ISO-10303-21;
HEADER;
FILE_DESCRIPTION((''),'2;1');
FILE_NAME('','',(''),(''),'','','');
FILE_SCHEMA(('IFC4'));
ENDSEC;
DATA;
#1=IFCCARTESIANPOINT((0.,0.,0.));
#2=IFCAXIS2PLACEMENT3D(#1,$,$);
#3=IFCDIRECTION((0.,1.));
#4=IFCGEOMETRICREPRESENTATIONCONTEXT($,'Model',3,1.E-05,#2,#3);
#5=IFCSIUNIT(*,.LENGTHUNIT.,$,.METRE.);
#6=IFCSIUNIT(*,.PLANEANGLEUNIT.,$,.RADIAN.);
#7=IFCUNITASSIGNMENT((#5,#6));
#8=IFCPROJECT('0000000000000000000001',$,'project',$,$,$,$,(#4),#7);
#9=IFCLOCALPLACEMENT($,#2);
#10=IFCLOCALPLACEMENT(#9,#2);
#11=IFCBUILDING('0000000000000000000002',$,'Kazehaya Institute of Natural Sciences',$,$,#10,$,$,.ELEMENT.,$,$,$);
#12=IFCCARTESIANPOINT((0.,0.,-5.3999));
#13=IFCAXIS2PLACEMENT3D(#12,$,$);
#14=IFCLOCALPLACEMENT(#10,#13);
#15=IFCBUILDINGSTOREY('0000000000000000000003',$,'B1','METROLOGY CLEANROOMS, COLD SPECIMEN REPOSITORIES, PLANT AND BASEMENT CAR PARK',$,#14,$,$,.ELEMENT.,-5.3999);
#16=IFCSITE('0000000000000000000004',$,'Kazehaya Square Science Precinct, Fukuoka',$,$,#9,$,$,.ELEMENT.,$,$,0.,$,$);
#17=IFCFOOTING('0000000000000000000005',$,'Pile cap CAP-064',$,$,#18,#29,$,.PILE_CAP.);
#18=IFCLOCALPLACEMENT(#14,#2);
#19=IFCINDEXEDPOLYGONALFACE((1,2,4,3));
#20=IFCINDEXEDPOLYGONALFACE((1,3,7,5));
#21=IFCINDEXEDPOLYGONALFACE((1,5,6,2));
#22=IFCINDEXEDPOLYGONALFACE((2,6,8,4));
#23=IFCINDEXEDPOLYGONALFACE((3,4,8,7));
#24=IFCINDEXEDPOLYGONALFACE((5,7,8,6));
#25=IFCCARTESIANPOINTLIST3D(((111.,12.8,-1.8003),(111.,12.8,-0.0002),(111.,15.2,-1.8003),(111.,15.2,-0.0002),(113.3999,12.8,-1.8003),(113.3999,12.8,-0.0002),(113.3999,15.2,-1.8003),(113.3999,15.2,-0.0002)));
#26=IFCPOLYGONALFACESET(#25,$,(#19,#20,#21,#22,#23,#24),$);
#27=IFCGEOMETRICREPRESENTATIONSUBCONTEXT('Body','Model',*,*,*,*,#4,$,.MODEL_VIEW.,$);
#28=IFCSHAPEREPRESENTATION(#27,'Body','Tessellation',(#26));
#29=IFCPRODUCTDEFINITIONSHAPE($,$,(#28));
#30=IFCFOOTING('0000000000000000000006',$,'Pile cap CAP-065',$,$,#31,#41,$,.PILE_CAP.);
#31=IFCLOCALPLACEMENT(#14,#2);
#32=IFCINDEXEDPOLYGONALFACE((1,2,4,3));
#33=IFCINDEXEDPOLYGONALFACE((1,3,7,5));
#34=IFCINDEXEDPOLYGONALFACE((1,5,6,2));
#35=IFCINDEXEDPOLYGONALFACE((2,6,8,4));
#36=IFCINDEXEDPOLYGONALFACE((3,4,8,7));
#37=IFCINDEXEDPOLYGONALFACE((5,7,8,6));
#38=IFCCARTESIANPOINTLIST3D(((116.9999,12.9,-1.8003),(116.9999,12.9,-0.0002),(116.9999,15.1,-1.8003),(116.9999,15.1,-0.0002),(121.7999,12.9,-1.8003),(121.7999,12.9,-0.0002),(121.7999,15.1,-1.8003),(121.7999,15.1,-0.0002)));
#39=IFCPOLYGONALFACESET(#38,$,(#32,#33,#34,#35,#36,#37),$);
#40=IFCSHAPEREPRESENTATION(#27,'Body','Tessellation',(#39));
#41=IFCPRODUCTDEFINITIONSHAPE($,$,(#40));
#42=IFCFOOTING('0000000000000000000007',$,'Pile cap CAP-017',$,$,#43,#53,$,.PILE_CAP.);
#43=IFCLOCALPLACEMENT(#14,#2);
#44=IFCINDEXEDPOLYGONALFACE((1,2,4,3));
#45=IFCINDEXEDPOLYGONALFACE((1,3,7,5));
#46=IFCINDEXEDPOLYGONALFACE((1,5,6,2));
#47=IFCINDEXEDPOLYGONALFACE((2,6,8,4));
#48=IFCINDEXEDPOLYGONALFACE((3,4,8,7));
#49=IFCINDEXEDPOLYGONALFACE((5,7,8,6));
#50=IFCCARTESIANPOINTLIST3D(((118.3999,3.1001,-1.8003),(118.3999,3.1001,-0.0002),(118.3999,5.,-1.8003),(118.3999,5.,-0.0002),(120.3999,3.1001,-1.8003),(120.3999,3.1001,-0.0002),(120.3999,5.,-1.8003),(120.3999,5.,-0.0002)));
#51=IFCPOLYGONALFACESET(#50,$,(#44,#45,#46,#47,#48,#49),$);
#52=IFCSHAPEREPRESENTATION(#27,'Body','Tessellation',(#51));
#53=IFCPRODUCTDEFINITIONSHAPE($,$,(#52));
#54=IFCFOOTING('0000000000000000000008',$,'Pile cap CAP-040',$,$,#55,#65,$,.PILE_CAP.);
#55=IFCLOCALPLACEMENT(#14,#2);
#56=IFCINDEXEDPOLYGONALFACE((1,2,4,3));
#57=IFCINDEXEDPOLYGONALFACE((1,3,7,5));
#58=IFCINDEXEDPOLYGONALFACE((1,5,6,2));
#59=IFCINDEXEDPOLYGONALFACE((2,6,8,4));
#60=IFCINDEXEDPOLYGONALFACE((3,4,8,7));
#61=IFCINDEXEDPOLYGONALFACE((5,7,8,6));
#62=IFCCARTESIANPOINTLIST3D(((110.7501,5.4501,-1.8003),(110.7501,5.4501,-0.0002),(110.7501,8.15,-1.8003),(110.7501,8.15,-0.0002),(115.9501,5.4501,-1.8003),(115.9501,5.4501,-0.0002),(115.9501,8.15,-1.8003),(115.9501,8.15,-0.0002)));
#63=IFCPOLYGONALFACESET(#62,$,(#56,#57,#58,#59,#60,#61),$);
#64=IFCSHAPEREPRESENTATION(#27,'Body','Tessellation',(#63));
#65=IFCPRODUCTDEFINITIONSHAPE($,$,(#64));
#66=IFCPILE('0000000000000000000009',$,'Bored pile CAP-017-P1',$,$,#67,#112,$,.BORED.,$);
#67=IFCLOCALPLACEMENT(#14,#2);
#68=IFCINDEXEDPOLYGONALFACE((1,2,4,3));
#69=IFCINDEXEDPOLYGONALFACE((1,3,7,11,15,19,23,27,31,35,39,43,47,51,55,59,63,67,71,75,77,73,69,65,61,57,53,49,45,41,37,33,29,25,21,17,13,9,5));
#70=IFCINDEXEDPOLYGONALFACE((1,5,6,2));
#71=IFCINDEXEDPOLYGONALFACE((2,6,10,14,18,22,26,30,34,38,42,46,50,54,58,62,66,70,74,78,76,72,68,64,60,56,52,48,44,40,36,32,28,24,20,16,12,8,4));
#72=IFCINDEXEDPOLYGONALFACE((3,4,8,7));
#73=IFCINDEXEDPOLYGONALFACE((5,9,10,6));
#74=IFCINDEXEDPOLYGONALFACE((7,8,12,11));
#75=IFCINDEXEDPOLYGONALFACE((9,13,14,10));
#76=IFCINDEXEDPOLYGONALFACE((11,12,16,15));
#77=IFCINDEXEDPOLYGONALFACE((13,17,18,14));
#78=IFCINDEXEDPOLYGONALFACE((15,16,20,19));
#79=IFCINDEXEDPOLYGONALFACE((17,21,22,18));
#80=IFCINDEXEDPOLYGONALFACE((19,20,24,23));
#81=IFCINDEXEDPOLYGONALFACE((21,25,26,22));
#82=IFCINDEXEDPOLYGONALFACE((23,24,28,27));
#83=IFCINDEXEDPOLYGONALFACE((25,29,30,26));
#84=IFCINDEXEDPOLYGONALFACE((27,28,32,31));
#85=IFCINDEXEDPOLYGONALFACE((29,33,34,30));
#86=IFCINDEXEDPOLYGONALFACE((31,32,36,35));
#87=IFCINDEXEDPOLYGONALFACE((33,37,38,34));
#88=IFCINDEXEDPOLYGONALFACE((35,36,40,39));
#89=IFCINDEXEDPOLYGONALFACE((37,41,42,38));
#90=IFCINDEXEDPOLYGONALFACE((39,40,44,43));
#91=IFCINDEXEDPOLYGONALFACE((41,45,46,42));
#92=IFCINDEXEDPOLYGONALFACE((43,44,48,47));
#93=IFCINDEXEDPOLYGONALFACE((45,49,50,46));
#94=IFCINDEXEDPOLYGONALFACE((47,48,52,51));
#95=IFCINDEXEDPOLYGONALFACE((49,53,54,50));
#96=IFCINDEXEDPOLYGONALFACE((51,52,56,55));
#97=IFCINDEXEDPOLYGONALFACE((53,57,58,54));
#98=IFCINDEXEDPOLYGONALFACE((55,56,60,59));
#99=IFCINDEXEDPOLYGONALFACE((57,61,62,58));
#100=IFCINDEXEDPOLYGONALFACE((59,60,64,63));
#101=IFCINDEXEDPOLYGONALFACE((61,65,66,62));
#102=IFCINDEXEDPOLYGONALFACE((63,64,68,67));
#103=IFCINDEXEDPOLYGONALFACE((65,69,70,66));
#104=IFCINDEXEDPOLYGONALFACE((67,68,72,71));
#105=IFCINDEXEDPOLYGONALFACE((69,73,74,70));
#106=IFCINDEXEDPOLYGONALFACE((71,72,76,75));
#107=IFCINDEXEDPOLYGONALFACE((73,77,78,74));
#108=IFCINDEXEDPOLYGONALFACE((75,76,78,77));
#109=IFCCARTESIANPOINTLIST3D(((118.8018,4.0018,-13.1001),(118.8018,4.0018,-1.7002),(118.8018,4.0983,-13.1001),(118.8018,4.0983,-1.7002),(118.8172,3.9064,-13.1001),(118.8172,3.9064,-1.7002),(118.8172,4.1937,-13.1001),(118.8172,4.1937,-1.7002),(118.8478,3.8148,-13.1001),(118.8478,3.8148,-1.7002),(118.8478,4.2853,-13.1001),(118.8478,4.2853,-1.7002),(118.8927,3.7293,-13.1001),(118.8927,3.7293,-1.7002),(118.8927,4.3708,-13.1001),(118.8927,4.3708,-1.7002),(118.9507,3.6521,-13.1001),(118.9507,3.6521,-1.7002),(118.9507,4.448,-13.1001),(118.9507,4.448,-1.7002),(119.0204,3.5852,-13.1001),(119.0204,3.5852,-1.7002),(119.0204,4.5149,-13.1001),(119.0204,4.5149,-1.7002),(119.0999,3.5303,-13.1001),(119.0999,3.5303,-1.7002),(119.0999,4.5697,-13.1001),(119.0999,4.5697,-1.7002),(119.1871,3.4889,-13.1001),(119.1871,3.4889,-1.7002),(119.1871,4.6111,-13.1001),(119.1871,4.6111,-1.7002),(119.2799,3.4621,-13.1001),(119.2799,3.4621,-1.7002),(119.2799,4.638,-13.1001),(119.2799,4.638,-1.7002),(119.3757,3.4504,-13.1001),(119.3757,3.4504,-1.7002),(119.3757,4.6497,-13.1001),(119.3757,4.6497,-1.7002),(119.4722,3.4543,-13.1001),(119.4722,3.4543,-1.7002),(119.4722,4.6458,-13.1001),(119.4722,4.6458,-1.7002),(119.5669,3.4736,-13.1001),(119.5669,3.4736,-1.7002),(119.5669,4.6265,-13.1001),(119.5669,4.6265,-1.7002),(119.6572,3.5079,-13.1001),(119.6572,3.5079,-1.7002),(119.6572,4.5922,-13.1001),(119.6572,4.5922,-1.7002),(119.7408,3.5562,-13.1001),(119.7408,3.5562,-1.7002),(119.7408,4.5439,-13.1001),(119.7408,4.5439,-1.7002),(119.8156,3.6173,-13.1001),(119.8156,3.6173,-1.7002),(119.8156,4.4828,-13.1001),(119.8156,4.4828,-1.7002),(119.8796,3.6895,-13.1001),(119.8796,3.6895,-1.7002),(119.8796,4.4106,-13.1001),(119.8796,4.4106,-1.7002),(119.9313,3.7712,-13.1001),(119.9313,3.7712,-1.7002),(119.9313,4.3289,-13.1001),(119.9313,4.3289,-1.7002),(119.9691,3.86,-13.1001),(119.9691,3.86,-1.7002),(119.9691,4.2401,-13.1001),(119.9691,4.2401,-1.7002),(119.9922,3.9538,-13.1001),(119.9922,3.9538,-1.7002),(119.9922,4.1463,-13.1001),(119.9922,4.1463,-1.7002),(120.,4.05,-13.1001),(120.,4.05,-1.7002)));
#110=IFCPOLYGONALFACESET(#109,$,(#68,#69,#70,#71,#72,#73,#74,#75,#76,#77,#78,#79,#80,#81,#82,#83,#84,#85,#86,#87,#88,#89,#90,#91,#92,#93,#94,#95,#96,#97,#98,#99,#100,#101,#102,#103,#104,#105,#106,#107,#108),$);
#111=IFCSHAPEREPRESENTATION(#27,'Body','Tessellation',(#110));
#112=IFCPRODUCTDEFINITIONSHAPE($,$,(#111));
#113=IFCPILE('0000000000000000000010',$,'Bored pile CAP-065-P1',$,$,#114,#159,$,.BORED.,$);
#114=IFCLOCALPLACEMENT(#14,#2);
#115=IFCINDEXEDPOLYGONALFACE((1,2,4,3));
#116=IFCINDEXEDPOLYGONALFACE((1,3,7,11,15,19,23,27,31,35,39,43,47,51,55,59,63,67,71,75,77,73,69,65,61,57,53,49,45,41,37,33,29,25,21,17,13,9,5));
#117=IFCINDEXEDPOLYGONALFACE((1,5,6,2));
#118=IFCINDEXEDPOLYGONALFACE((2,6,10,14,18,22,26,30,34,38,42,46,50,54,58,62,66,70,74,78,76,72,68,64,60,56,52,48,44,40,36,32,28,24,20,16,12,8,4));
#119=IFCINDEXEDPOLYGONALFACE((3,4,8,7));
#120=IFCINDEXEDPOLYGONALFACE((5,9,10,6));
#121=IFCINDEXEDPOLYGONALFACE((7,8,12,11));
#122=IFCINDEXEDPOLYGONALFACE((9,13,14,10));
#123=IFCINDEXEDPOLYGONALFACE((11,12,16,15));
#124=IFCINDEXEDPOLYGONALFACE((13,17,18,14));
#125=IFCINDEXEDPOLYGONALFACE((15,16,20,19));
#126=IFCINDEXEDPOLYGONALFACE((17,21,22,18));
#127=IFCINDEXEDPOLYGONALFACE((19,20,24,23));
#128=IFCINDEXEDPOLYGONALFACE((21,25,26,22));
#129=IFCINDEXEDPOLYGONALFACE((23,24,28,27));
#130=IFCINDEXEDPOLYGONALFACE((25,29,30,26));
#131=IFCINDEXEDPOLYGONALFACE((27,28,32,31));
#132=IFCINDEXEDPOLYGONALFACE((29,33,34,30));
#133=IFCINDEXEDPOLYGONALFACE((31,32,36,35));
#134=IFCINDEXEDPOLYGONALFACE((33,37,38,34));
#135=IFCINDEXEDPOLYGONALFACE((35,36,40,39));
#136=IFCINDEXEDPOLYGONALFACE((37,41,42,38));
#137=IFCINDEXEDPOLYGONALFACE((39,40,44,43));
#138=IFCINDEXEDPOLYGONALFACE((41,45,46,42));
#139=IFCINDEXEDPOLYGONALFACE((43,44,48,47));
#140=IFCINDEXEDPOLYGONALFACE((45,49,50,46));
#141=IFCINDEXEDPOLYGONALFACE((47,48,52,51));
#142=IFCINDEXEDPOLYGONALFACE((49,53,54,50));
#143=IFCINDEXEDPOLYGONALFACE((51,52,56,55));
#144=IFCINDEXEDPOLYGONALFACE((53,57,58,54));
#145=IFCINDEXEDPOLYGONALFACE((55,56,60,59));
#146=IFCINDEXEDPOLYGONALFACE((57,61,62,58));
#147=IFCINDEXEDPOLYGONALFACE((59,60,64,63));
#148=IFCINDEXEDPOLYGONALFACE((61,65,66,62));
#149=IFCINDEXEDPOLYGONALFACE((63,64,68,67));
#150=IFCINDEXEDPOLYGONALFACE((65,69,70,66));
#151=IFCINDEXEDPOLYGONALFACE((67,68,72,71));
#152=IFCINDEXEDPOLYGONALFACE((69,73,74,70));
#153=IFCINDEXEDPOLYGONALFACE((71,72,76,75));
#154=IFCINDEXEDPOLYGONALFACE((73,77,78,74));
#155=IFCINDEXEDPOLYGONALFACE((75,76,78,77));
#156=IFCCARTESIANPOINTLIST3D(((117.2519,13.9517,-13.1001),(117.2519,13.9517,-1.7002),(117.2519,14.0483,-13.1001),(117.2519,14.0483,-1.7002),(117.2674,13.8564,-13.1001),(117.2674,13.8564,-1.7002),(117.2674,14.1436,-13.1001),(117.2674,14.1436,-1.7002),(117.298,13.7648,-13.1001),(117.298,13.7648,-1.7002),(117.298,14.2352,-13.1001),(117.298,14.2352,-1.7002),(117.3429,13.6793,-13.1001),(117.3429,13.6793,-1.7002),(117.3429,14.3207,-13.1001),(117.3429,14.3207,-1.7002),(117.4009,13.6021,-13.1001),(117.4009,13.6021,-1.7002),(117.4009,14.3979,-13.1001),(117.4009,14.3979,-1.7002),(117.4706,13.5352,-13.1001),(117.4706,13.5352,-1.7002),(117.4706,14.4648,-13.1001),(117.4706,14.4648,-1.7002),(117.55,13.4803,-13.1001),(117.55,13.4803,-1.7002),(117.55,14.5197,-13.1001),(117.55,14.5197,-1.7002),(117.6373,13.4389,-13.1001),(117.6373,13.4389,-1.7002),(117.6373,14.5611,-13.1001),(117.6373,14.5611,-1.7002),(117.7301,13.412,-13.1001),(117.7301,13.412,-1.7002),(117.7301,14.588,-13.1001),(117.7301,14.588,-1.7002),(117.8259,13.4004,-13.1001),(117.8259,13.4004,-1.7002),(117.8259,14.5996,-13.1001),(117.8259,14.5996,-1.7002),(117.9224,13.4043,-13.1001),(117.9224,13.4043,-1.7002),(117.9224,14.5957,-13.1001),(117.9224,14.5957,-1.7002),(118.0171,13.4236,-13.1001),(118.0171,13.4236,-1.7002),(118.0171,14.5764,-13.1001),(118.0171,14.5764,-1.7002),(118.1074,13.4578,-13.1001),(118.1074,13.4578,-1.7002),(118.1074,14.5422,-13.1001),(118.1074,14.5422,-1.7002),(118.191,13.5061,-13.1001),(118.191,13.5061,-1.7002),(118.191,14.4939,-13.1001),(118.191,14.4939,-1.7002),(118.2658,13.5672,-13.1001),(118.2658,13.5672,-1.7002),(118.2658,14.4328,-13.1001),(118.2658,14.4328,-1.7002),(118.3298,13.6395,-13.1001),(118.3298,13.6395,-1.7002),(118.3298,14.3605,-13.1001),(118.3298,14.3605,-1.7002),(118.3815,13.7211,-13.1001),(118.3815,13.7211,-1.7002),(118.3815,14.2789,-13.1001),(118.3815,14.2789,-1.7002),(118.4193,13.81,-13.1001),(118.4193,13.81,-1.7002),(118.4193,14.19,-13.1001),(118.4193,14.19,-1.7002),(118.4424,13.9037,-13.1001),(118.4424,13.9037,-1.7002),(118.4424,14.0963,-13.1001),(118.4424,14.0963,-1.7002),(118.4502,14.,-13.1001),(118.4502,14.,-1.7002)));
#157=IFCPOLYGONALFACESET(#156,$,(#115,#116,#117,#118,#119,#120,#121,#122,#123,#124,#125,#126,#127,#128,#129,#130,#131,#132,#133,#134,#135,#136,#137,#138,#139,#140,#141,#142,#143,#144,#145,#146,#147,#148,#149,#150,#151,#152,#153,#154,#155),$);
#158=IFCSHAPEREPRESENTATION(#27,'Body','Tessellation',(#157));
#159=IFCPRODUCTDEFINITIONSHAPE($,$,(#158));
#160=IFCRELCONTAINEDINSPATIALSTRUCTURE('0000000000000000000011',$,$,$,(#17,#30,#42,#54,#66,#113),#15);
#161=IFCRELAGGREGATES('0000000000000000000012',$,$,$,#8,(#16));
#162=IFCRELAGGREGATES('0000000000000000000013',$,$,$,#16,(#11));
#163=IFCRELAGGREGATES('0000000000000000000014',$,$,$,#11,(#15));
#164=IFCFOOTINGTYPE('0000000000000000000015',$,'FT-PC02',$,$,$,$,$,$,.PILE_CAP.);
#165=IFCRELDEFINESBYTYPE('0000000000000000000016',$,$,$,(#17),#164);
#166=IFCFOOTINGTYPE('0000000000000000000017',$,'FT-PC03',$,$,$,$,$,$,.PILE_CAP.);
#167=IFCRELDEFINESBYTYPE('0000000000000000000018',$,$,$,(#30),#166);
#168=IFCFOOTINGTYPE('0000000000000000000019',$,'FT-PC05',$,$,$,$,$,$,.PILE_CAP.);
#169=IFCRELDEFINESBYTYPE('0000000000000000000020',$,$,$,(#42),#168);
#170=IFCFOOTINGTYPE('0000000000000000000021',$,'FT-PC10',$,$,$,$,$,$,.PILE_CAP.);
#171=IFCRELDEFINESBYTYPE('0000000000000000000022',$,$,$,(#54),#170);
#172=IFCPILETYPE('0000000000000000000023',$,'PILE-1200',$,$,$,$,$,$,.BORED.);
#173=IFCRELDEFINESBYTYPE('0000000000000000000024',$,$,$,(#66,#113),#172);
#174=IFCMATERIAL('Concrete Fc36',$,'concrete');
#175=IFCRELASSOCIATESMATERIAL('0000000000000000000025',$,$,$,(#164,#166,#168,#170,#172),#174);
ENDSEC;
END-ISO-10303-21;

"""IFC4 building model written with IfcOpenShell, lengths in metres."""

from ifc_helpers import new_model, si_unit, direction, frame, origin, origin_2d, place, context, subcontext, project, spatial, rectangle, circle, extrude, material, material_profile, profile_set, type_object, element, save


model = new_model("IFC4")

# Units and contexts
model_context = context("Model", 3, precision=1e-05, world=origin(), true_north=direction((0.0, 1.0)))
body_context = subcontext(model_context, "Body", "Model", "MODEL_VIEW")
ifc_project = project(units=[si_unit("LENGTHUNIT", "METRE"), si_unit("PLANEANGLEUNIT", "RADIAN")], contexts=[model_context])

# Site, building, storey
site_placement = place(None, origin())
site = spatial("IfcSite", under=ifc_project, at=site_placement, Name="Kazehaya Square Science Precinct, Fukuoka", CompositionType="ELEMENT", RefElevation=0.0)
building_placement = place(site_placement, origin())
building = spatial("IfcBuilding", under=site, at=building_placement, Name="Kazehaya Institute of Natural Sciences", CompositionType="ELEMENT")
storey_placement = place(building_placement, frame((0.0, 0.0, -5.3999)))
storey = spatial("IfcBuildingStorey", under=building, at=storey_placement, Name="B1", Description="METROLOGY CLEANROOMS, COLD SPECIMEN REPOSITORIES, PLANT AND BASEMENT CAR PARK", CompositionType="ELEMENT", Elevation=-5.3999)

# Footings
ifc_material_1 = material(Name="Concrete Fc36", Category="concrete")
footing_type_1 = type_object("IfcFootingType", Name="FT-PC02", PredefinedType="PILE_CAP", material=ifc_material_1)
footing_1_placement = place(storey_placement, frame((112.2, 14.0, -1.8003), z_axis=(0.0, 0.0, 1.0), x_axis=(1.0, 0.0, 0.0)))
element("IfcFooting", 1, at=footing_1_placement, inside=storey, type_object=footing_type_1, Name="Pile cap CAP-064", PredefinedType="PILE_CAP", context=body_context, shape_type="SweptSolid", body=[
    extrude(rectangle(XDim=2.3999, YDim=2.3999, at=origin_2d()), origin(), (0.0, 0.0, 1.0), 1.8),
])
footing_type_2 = type_object("IfcFootingType", Name="FT-PC03", PredefinedType="PILE_CAP", material=ifc_material_1)
footing_2_placement = place(storey_placement, frame((119.3999, 14.0, -1.8003), z_axis=(0.0, 0.0, 1.0), x_axis=(1.0, 0.0, 0.0)))
element("IfcFooting", 2, at=footing_2_placement, inside=storey, type_object=footing_type_2, Name="Pile cap CAP-065", PredefinedType="PILE_CAP", context=body_context, shape_type="SweptSolid", body=[
    extrude(rectangle(XDim=4.8, YDim=2.2, at=origin_2d()), origin(), (0.0, 0.0, 1.0), 1.8),
])
footing_type_3 = type_object("IfcFootingType", Name="FT-PC05", PredefinedType="PILE_CAP", material=ifc_material_1)
footing_3_placement = place(storey_placement, frame((119.3999, 4.05, -1.8003), z_axis=(0.0, 0.0, 1.0), x_axis=(1.0, 0.0, 0.0)))
element("IfcFooting", 3, at=footing_3_placement, inside=storey, type_object=footing_type_3, Name="Pile cap CAP-017", PredefinedType="PILE_CAP", context=body_context, shape_type="SweptSolid", body=[
    extrude(rectangle(XDim=2.0, YDim=1.8999, at=origin_2d()), origin(), (0.0, 0.0, 1.0), 1.8),
])
footing_type_4 = type_object("IfcFootingType", Name="FT-PC10", PredefinedType="PILE_CAP", material=ifc_material_1)
footing_4_placement = place(storey_placement, frame((113.3501, 6.8, -1.8003), z_axis=(0.0, 0.0, 1.0), x_axis=(1.0, 0.0, 0.0)))
element("IfcFooting", 4, at=footing_4_placement, inside=storey, type_object=footing_type_4, Name="Pile cap CAP-040", PredefinedType="PILE_CAP", context=body_context, shape_type="SweptSolid", body=[
    extrude(rectangle(XDim=5.2, YDim=2.7, at=origin_2d()), origin(), (0.0, 0.0, 1.0), 1.8),
])

# Piles
ifc_material_profile_1 = material_profile(ifc_material_1, circle(Radius=0.6001, at=origin_2d()), Name="PILE-1200")
ifc_profile_set_1 = profile_set([ifc_material_profile_1], Name="Concrete Fc36")
pile_type_1 = type_object("IfcPileType", Name="PILE-1200", PredefinedType="BORED", material=ifc_profile_set_1)
for number, where, z_axis, x_axis, name in (
    (5, (119.3999, 4.05, -1.7002), (0.0, 0.0, -1.0), (1.0, 0.0, 0.0), "Bored pile CAP-017-P1"),
    (6, (117.8501, 14.0, -1.7002), (0.0, 0.0, -1.0), (1.0, 0.0, 0.0), "Bored pile CAP-065-P1"),
):
    element("IfcPile", number, at=place(storey_placement, frame(where, z_axis=z_axis, x_axis=x_axis)), inside=storey, type_object=pile_type_1, Name=name, PredefinedType="BORED", context=body_context, shape_type="SweptSolid", body=[
        extrude(circle(Radius=0.6001, at=origin_2d()), origin(), (0.0, 0.0, 1.0), 11.3999),
    ])

save(model, "model.ifc")
